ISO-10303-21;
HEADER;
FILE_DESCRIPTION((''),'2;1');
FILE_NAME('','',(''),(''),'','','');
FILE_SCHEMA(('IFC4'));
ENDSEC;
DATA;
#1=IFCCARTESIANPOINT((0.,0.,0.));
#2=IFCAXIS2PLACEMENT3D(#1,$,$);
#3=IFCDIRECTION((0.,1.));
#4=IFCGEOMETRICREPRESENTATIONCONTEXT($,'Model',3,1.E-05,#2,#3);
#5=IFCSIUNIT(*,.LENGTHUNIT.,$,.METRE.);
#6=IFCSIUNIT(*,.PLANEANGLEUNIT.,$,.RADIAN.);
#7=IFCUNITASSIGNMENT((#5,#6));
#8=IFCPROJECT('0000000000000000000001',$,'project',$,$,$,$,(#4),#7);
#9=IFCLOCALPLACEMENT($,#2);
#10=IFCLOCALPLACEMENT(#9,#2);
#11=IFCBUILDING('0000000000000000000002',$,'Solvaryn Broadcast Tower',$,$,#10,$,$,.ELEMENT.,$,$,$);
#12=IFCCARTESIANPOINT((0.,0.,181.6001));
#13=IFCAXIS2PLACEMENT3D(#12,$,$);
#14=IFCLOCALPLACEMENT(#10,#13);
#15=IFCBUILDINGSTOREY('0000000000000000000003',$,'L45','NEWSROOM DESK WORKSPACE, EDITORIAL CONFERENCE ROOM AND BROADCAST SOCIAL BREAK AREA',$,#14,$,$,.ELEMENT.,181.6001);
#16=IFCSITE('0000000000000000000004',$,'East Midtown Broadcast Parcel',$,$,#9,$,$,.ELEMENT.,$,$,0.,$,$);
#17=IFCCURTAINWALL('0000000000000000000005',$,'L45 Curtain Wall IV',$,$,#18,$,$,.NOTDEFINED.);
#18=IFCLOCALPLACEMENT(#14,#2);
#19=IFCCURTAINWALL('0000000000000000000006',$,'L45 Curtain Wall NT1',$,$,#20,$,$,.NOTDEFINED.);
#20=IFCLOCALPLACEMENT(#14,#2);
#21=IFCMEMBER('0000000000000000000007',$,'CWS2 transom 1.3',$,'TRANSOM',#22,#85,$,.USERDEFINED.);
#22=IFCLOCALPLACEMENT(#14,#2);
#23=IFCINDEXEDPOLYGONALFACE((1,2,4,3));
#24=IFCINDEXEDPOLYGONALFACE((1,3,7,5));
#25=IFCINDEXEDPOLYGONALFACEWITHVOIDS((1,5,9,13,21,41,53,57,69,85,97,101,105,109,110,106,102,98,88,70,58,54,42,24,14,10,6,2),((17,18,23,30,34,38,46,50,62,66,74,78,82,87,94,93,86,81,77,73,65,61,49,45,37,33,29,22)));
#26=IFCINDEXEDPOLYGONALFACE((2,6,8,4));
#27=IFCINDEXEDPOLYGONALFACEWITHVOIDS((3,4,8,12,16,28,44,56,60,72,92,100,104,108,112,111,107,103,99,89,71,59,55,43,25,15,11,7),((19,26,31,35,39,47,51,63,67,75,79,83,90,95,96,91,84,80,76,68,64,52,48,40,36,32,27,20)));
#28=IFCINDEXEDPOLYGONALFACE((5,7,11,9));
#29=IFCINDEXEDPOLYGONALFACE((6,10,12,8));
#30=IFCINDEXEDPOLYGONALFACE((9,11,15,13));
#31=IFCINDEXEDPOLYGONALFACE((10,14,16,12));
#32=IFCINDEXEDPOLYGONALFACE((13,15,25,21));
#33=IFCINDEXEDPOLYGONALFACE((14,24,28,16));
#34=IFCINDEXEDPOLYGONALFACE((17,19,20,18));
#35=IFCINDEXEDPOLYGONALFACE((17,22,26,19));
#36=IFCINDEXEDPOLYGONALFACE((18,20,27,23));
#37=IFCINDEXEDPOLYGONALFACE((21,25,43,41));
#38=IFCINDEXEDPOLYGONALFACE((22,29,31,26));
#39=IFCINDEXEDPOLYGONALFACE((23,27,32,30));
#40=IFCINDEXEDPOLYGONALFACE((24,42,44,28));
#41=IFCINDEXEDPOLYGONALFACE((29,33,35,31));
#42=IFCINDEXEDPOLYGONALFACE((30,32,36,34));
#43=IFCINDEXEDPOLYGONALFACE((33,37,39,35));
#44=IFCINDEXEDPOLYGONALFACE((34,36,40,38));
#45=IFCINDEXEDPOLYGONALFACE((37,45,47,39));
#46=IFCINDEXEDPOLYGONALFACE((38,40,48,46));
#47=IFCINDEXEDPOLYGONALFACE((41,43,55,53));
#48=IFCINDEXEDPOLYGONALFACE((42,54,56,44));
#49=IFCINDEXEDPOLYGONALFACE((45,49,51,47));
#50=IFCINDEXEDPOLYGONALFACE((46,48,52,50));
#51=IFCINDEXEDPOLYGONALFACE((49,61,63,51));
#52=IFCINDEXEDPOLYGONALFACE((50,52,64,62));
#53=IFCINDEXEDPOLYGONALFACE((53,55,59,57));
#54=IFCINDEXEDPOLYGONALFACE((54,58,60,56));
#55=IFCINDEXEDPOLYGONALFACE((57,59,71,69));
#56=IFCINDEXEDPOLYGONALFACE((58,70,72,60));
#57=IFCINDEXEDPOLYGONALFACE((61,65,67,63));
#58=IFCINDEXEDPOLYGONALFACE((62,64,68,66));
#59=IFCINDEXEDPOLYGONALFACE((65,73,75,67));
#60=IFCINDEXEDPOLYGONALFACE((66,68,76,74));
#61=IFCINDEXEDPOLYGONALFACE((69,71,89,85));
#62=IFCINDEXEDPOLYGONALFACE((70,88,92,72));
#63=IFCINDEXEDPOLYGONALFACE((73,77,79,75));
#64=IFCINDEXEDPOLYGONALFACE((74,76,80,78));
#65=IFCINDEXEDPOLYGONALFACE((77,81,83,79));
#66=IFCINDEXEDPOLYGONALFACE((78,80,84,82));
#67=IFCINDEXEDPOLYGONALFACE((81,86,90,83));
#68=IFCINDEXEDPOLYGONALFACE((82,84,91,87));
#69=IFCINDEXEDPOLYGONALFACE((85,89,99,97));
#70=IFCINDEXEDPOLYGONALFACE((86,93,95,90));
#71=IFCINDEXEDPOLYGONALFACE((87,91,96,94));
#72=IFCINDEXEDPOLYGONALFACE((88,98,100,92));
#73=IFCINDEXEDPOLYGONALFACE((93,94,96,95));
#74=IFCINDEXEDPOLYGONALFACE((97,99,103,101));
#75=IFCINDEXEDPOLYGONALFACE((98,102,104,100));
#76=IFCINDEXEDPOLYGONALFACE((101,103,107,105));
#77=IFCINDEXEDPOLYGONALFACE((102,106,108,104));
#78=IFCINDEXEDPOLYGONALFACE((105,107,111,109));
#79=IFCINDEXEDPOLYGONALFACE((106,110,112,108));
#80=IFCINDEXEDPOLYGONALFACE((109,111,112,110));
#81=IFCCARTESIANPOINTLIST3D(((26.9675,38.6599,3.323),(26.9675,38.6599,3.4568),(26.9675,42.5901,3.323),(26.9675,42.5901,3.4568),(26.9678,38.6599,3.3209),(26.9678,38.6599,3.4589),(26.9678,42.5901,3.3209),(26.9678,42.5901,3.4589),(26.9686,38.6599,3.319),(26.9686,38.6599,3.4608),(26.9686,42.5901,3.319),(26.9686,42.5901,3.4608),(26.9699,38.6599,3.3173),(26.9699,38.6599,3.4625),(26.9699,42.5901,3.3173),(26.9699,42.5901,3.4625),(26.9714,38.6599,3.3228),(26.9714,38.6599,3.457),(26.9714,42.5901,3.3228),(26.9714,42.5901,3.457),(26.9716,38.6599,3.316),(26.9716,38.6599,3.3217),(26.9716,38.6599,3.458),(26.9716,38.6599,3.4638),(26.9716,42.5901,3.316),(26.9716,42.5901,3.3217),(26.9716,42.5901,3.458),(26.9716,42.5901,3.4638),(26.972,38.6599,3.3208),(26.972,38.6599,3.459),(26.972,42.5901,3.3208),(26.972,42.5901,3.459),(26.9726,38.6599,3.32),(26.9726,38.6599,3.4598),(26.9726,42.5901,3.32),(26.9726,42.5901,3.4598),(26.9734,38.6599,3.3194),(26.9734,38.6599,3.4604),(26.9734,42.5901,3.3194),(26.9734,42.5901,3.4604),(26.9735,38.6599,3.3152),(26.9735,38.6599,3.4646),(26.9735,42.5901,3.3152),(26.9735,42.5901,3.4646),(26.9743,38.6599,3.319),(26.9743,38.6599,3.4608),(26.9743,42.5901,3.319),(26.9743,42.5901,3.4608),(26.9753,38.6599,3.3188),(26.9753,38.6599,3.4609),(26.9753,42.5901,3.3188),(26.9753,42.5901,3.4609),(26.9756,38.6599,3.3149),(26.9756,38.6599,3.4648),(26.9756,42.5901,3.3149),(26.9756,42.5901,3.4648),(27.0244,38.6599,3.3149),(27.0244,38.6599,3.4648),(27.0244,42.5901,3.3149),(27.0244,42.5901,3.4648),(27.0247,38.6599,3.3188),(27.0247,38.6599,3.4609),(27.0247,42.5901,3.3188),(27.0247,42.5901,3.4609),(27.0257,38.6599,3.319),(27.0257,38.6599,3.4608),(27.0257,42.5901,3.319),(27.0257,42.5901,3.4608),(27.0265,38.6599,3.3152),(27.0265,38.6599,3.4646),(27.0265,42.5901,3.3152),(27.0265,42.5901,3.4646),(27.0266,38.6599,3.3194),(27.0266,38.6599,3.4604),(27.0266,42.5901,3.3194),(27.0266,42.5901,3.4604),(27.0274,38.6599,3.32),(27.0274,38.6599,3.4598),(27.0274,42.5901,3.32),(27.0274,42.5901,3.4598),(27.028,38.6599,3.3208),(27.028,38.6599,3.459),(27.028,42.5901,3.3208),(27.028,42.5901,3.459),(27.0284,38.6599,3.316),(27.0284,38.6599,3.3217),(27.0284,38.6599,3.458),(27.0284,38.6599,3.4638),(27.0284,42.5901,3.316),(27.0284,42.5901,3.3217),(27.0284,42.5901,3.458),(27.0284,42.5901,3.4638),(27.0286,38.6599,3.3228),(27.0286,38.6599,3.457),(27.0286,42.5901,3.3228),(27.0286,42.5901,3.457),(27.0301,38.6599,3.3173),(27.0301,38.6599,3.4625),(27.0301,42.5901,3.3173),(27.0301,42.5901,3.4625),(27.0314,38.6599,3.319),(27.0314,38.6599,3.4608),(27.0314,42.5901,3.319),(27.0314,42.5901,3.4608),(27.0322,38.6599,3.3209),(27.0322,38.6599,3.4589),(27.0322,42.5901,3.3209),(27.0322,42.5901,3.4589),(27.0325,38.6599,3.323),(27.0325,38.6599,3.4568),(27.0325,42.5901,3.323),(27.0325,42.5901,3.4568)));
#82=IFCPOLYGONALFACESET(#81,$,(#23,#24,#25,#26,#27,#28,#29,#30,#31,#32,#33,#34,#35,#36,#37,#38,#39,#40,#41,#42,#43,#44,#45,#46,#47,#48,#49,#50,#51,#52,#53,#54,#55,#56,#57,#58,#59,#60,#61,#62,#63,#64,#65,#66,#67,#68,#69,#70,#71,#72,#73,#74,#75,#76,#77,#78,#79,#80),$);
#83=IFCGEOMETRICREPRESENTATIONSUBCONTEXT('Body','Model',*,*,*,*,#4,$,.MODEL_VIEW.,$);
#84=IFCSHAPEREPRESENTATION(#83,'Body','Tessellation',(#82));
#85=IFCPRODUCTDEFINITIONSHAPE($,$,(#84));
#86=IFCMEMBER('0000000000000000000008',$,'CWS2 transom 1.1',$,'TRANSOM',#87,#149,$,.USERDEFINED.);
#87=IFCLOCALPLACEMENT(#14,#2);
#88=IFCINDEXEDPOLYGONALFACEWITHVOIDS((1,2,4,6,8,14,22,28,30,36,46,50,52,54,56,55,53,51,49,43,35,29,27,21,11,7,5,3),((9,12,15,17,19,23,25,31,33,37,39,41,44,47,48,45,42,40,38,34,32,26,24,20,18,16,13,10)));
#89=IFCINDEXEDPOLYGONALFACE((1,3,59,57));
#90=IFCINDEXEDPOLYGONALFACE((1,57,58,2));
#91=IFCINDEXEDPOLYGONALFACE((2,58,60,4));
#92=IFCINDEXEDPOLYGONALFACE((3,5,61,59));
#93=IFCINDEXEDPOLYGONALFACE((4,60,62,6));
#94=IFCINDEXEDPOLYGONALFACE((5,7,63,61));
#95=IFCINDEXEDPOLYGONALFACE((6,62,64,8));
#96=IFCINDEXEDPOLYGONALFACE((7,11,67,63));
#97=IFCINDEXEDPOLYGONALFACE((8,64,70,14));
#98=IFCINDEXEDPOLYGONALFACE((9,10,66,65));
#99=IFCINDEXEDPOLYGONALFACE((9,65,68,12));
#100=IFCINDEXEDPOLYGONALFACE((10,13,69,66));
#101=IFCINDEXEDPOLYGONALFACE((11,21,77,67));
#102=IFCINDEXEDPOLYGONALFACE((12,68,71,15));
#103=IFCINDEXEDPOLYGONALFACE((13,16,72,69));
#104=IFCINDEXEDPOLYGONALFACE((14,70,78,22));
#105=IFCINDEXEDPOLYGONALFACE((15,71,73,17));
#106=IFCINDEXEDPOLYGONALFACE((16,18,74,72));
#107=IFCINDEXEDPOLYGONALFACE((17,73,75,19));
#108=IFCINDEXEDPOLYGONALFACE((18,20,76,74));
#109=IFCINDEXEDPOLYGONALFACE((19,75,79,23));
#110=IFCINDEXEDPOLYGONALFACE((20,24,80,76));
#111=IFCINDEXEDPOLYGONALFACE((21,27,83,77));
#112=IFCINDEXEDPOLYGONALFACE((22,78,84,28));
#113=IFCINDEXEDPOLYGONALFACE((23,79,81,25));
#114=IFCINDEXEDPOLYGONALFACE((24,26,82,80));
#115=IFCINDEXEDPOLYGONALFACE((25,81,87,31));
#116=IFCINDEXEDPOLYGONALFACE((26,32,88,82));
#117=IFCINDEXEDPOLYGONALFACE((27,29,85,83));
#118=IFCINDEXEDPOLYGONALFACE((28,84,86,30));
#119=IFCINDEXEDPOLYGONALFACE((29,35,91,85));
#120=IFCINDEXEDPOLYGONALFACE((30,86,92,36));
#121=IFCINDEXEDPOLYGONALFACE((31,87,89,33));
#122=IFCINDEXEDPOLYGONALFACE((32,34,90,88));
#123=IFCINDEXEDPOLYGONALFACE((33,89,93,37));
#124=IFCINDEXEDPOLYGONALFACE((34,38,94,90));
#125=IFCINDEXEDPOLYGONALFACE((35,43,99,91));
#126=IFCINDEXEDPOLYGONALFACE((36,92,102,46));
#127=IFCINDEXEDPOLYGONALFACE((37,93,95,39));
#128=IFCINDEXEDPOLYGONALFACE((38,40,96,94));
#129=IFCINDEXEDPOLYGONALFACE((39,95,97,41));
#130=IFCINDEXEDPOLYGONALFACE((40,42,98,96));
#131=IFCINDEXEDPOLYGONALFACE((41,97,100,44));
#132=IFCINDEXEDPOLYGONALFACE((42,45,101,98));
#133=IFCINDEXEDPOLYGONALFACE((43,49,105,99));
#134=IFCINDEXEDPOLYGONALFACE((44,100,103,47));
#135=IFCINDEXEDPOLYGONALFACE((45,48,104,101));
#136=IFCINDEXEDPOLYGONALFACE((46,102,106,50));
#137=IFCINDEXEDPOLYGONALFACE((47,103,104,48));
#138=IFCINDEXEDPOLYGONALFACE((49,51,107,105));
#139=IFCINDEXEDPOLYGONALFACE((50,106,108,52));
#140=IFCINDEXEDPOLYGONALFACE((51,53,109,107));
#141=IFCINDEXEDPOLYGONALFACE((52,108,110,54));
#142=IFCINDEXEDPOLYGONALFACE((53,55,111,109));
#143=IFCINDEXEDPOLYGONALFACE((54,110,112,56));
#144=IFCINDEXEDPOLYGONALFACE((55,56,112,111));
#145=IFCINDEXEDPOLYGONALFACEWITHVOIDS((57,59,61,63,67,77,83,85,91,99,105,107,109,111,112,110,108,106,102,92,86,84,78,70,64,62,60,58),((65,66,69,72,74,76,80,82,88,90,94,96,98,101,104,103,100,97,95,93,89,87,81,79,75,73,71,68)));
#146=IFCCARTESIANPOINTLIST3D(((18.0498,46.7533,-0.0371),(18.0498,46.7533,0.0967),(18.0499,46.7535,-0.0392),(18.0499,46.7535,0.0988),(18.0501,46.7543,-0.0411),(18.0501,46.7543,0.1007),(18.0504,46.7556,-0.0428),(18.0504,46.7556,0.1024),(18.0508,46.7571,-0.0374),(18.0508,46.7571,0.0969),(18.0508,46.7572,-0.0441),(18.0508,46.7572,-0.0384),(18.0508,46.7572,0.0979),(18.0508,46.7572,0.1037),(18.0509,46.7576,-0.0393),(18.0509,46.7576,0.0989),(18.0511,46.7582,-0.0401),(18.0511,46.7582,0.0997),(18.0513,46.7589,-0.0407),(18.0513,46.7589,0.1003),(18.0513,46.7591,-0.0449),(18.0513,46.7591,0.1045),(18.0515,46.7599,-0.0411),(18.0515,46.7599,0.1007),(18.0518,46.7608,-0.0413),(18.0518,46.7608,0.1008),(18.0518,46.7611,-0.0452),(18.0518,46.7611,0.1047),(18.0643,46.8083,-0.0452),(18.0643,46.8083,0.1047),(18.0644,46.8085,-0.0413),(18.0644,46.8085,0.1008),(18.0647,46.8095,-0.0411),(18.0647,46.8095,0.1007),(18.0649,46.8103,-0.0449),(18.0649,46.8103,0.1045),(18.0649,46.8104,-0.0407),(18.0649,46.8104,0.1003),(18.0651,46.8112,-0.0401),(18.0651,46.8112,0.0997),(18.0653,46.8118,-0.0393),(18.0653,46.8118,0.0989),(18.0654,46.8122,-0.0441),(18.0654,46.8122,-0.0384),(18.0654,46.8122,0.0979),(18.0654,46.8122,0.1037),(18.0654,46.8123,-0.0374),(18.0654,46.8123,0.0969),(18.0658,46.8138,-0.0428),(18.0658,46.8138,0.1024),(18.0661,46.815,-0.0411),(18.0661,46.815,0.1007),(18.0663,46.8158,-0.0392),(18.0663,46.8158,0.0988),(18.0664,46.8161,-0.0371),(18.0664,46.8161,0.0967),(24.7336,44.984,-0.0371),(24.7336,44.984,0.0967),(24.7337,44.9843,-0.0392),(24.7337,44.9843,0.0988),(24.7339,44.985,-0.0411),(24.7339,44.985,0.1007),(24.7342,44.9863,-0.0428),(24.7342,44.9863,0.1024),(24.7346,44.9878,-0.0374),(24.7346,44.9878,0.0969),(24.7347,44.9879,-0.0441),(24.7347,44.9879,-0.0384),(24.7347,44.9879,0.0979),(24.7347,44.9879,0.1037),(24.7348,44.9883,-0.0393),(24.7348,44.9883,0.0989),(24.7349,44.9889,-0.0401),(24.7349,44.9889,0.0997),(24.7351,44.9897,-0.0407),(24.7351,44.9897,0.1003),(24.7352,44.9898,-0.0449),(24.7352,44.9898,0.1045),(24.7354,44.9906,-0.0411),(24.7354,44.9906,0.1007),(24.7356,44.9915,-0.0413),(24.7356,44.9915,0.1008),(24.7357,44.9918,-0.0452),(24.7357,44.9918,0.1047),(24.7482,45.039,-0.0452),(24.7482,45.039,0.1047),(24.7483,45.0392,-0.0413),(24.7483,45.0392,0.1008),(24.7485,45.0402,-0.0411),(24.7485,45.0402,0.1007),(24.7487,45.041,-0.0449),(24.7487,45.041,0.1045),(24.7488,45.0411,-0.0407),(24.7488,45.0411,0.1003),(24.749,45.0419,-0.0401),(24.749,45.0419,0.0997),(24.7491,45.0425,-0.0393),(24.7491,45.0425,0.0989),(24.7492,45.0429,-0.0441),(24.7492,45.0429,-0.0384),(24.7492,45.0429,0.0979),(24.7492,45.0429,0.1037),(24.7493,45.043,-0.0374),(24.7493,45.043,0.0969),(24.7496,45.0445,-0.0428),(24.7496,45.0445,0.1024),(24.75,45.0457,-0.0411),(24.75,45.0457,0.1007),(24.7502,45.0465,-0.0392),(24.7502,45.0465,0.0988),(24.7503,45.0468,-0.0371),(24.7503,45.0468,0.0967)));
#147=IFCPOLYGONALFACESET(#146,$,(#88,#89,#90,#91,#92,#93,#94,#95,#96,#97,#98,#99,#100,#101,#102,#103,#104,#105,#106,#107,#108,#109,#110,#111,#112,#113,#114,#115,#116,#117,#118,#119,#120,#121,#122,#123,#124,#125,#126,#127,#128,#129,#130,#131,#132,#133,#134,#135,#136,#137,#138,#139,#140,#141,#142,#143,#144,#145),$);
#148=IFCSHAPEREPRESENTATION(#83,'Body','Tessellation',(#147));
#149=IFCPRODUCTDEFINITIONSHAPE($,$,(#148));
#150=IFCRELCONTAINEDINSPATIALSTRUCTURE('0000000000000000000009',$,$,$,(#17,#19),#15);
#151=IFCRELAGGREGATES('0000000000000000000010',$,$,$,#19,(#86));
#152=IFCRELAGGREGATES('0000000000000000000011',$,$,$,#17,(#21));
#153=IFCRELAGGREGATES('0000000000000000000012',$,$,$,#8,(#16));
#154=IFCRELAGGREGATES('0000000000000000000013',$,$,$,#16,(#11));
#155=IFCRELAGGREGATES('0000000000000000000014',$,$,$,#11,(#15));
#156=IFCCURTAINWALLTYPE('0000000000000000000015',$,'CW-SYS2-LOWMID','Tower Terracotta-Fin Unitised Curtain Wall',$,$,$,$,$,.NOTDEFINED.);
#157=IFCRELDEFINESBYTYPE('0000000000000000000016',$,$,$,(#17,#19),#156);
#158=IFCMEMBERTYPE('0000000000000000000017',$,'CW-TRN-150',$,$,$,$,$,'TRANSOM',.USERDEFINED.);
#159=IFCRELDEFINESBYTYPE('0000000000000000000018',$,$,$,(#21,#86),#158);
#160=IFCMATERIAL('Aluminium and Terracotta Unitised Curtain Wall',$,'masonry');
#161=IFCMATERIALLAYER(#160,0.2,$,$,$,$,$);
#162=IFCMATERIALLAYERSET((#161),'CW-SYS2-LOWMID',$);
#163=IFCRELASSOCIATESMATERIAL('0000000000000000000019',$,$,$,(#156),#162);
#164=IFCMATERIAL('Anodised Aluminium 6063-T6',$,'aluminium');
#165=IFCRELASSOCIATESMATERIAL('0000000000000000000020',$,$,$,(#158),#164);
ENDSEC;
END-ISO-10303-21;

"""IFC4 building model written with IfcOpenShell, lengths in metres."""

from ifc_helpers import new_model, si_unit, direction, frame, origin, origin_2d, place, context, subcontext, project, spatial, hollow_rectangle, extrude, material, layer, layer_set, material_profile, profile_set, type_object, element, aggregate, save


model = new_model("IFC4")

# Units and contexts
model_context = context("Model", 3, precision=1e-05, world=origin(), true_north=direction((0.0, 1.0)))
body_context = subcontext(model_context, "Body", "Model", "MODEL_VIEW")
ifc_project = project(units=[si_unit("LENGTHUNIT", "METRE"), si_unit("PLANEANGLEUNIT", "RADIAN")], contexts=[model_context])

# Site, building, storey
site_placement = place(None, origin())
site = spatial("IfcSite", under=ifc_project, at=site_placement, Name="East Midtown Broadcast Parcel", CompositionType="ELEMENT", RefElevation=0.0)
building_placement = place(site_placement, origin())
building = spatial("IfcBuilding", under=site, at=building_placement, Name="Solvaryn Broadcast Tower", CompositionType="ELEMENT")
storey_placement = place(building_placement, frame((0.0, 0.0, 181.6001)))
storey = spatial("IfcBuildingStorey", under=building, at=storey_placement, Name="L45", Description="NEWSROOM DESK WORKSPACE, EDITORIAL CONFERENCE ROOM AND BROADCAST SOCIAL BREAK AREA", CompositionType="ELEMENT", Elevation=181.6001)

# Curtain wall
ifc_material_1 = material(Name="Aluminium and Terracotta Unitised Curtain Wall", Category="masonry")
ifc_layer_1 = layer(ifc_material_1, 0.2)
ifc_layer_set_1 = layer_set([ifc_layer_1], Name="CW-SYS2-LOWMID")
curtain_wall_type = type_object("IfcCurtainWallType", Name="CW-SYS2-LOWMID", Description="Tower Terracotta-Fin Unitised Curtain Wall", PredefinedType="NOTDEFINED", material=ifc_layer_set_1)
curtain_wall_1_placement = place(storey_placement, origin())
curtain_wall_1 = element("IfcCurtainWall", 1, at=curtain_wall_1_placement, inside=storey, type_object=curtain_wall_type, Name="L45 Curtain Wall IV", PredefinedType="NOTDEFINED")

# Curtain wall
curtain_wall_2_placement = place(storey_placement, origin())
curtain_wall_2 = element("IfcCurtainWall", 2, at=curtain_wall_2_placement, inside=storey, type_object=curtain_wall_type, Name="L45 Curtain Wall NT1", PredefinedType="NOTDEFINED")

# Members
ifc_material_2 = material(Name="Anodised Aluminium 6063-T6", Category="aluminium")
ifc_material_profile_1 = material_profile(ifc_material_2, hollow_rectangle(XDim=0.0649, YDim=0.1499, WallThickness=0.0039, InnerFilletRadius=0.0039, OuterFilletRadius=0.0081, at=origin_2d()))
ifc_profile_set_1 = profile_set([ifc_material_profile_1], Name="Anodised Aluminium 6063-T6")
member_type_1 = type_object("IfcMemberType", Name="CW-TRN-150", ElementType="TRANSOM", PredefinedType="USERDEFINED", material=ifc_profile_set_1)
member_1_placement = place(storey_placement, frame((27.0, 42.5901, 3.3899), z_axis=(0.0, -1.0, 0.0), x_axis=(1.0, 0.0, 0.0)))
member_1 = element("IfcMember", 3, at=member_1_placement, type_object=member_type_1, Name="CWS2 transom 1.3", ObjectType="TRANSOM", PredefinedType="USERDEFINED", context=body_context, shape_type="SweptSolid", body=[
    extrude(hollow_rectangle(XDim=0.0649, YDim=0.1499, WallThickness=0.0039, InnerFilletRadius=0.0039, OuterFilletRadius=0.0081, at=origin_2d()), origin(), (0.0, 0.0, 1.0), 3.9302),
])
member_2_placement = place(storey_placement, frame((24.7419, 45.0154, 0.0298), z_axis=(-0.966704, 0.255897, 0.0), x_axis=(-0.255897, -0.966704, 0.0)))
member_2 = element("IfcMember", 4, at=member_2_placement, type_object=member_type_1, Name="CWS2 transom 1.1", ObjectType="TRANSOM", PredefinedType="USERDEFINED", context=body_context, shape_type="SweptSolid", body=[
    extrude(hollow_rectangle(XDim=0.0649, YDim=0.1499, WallThickness=0.0039, InnerFilletRadius=0.0039, OuterFilletRadius=0.0081, at=origin_2d()), origin(), (0.0, 0.0, 1.0), 6.9141),
])
aggregate(curtain_wall_2, [member_2])

aggregate(curtain_wall_1, [member_1])

save(model, "model.ifc")
